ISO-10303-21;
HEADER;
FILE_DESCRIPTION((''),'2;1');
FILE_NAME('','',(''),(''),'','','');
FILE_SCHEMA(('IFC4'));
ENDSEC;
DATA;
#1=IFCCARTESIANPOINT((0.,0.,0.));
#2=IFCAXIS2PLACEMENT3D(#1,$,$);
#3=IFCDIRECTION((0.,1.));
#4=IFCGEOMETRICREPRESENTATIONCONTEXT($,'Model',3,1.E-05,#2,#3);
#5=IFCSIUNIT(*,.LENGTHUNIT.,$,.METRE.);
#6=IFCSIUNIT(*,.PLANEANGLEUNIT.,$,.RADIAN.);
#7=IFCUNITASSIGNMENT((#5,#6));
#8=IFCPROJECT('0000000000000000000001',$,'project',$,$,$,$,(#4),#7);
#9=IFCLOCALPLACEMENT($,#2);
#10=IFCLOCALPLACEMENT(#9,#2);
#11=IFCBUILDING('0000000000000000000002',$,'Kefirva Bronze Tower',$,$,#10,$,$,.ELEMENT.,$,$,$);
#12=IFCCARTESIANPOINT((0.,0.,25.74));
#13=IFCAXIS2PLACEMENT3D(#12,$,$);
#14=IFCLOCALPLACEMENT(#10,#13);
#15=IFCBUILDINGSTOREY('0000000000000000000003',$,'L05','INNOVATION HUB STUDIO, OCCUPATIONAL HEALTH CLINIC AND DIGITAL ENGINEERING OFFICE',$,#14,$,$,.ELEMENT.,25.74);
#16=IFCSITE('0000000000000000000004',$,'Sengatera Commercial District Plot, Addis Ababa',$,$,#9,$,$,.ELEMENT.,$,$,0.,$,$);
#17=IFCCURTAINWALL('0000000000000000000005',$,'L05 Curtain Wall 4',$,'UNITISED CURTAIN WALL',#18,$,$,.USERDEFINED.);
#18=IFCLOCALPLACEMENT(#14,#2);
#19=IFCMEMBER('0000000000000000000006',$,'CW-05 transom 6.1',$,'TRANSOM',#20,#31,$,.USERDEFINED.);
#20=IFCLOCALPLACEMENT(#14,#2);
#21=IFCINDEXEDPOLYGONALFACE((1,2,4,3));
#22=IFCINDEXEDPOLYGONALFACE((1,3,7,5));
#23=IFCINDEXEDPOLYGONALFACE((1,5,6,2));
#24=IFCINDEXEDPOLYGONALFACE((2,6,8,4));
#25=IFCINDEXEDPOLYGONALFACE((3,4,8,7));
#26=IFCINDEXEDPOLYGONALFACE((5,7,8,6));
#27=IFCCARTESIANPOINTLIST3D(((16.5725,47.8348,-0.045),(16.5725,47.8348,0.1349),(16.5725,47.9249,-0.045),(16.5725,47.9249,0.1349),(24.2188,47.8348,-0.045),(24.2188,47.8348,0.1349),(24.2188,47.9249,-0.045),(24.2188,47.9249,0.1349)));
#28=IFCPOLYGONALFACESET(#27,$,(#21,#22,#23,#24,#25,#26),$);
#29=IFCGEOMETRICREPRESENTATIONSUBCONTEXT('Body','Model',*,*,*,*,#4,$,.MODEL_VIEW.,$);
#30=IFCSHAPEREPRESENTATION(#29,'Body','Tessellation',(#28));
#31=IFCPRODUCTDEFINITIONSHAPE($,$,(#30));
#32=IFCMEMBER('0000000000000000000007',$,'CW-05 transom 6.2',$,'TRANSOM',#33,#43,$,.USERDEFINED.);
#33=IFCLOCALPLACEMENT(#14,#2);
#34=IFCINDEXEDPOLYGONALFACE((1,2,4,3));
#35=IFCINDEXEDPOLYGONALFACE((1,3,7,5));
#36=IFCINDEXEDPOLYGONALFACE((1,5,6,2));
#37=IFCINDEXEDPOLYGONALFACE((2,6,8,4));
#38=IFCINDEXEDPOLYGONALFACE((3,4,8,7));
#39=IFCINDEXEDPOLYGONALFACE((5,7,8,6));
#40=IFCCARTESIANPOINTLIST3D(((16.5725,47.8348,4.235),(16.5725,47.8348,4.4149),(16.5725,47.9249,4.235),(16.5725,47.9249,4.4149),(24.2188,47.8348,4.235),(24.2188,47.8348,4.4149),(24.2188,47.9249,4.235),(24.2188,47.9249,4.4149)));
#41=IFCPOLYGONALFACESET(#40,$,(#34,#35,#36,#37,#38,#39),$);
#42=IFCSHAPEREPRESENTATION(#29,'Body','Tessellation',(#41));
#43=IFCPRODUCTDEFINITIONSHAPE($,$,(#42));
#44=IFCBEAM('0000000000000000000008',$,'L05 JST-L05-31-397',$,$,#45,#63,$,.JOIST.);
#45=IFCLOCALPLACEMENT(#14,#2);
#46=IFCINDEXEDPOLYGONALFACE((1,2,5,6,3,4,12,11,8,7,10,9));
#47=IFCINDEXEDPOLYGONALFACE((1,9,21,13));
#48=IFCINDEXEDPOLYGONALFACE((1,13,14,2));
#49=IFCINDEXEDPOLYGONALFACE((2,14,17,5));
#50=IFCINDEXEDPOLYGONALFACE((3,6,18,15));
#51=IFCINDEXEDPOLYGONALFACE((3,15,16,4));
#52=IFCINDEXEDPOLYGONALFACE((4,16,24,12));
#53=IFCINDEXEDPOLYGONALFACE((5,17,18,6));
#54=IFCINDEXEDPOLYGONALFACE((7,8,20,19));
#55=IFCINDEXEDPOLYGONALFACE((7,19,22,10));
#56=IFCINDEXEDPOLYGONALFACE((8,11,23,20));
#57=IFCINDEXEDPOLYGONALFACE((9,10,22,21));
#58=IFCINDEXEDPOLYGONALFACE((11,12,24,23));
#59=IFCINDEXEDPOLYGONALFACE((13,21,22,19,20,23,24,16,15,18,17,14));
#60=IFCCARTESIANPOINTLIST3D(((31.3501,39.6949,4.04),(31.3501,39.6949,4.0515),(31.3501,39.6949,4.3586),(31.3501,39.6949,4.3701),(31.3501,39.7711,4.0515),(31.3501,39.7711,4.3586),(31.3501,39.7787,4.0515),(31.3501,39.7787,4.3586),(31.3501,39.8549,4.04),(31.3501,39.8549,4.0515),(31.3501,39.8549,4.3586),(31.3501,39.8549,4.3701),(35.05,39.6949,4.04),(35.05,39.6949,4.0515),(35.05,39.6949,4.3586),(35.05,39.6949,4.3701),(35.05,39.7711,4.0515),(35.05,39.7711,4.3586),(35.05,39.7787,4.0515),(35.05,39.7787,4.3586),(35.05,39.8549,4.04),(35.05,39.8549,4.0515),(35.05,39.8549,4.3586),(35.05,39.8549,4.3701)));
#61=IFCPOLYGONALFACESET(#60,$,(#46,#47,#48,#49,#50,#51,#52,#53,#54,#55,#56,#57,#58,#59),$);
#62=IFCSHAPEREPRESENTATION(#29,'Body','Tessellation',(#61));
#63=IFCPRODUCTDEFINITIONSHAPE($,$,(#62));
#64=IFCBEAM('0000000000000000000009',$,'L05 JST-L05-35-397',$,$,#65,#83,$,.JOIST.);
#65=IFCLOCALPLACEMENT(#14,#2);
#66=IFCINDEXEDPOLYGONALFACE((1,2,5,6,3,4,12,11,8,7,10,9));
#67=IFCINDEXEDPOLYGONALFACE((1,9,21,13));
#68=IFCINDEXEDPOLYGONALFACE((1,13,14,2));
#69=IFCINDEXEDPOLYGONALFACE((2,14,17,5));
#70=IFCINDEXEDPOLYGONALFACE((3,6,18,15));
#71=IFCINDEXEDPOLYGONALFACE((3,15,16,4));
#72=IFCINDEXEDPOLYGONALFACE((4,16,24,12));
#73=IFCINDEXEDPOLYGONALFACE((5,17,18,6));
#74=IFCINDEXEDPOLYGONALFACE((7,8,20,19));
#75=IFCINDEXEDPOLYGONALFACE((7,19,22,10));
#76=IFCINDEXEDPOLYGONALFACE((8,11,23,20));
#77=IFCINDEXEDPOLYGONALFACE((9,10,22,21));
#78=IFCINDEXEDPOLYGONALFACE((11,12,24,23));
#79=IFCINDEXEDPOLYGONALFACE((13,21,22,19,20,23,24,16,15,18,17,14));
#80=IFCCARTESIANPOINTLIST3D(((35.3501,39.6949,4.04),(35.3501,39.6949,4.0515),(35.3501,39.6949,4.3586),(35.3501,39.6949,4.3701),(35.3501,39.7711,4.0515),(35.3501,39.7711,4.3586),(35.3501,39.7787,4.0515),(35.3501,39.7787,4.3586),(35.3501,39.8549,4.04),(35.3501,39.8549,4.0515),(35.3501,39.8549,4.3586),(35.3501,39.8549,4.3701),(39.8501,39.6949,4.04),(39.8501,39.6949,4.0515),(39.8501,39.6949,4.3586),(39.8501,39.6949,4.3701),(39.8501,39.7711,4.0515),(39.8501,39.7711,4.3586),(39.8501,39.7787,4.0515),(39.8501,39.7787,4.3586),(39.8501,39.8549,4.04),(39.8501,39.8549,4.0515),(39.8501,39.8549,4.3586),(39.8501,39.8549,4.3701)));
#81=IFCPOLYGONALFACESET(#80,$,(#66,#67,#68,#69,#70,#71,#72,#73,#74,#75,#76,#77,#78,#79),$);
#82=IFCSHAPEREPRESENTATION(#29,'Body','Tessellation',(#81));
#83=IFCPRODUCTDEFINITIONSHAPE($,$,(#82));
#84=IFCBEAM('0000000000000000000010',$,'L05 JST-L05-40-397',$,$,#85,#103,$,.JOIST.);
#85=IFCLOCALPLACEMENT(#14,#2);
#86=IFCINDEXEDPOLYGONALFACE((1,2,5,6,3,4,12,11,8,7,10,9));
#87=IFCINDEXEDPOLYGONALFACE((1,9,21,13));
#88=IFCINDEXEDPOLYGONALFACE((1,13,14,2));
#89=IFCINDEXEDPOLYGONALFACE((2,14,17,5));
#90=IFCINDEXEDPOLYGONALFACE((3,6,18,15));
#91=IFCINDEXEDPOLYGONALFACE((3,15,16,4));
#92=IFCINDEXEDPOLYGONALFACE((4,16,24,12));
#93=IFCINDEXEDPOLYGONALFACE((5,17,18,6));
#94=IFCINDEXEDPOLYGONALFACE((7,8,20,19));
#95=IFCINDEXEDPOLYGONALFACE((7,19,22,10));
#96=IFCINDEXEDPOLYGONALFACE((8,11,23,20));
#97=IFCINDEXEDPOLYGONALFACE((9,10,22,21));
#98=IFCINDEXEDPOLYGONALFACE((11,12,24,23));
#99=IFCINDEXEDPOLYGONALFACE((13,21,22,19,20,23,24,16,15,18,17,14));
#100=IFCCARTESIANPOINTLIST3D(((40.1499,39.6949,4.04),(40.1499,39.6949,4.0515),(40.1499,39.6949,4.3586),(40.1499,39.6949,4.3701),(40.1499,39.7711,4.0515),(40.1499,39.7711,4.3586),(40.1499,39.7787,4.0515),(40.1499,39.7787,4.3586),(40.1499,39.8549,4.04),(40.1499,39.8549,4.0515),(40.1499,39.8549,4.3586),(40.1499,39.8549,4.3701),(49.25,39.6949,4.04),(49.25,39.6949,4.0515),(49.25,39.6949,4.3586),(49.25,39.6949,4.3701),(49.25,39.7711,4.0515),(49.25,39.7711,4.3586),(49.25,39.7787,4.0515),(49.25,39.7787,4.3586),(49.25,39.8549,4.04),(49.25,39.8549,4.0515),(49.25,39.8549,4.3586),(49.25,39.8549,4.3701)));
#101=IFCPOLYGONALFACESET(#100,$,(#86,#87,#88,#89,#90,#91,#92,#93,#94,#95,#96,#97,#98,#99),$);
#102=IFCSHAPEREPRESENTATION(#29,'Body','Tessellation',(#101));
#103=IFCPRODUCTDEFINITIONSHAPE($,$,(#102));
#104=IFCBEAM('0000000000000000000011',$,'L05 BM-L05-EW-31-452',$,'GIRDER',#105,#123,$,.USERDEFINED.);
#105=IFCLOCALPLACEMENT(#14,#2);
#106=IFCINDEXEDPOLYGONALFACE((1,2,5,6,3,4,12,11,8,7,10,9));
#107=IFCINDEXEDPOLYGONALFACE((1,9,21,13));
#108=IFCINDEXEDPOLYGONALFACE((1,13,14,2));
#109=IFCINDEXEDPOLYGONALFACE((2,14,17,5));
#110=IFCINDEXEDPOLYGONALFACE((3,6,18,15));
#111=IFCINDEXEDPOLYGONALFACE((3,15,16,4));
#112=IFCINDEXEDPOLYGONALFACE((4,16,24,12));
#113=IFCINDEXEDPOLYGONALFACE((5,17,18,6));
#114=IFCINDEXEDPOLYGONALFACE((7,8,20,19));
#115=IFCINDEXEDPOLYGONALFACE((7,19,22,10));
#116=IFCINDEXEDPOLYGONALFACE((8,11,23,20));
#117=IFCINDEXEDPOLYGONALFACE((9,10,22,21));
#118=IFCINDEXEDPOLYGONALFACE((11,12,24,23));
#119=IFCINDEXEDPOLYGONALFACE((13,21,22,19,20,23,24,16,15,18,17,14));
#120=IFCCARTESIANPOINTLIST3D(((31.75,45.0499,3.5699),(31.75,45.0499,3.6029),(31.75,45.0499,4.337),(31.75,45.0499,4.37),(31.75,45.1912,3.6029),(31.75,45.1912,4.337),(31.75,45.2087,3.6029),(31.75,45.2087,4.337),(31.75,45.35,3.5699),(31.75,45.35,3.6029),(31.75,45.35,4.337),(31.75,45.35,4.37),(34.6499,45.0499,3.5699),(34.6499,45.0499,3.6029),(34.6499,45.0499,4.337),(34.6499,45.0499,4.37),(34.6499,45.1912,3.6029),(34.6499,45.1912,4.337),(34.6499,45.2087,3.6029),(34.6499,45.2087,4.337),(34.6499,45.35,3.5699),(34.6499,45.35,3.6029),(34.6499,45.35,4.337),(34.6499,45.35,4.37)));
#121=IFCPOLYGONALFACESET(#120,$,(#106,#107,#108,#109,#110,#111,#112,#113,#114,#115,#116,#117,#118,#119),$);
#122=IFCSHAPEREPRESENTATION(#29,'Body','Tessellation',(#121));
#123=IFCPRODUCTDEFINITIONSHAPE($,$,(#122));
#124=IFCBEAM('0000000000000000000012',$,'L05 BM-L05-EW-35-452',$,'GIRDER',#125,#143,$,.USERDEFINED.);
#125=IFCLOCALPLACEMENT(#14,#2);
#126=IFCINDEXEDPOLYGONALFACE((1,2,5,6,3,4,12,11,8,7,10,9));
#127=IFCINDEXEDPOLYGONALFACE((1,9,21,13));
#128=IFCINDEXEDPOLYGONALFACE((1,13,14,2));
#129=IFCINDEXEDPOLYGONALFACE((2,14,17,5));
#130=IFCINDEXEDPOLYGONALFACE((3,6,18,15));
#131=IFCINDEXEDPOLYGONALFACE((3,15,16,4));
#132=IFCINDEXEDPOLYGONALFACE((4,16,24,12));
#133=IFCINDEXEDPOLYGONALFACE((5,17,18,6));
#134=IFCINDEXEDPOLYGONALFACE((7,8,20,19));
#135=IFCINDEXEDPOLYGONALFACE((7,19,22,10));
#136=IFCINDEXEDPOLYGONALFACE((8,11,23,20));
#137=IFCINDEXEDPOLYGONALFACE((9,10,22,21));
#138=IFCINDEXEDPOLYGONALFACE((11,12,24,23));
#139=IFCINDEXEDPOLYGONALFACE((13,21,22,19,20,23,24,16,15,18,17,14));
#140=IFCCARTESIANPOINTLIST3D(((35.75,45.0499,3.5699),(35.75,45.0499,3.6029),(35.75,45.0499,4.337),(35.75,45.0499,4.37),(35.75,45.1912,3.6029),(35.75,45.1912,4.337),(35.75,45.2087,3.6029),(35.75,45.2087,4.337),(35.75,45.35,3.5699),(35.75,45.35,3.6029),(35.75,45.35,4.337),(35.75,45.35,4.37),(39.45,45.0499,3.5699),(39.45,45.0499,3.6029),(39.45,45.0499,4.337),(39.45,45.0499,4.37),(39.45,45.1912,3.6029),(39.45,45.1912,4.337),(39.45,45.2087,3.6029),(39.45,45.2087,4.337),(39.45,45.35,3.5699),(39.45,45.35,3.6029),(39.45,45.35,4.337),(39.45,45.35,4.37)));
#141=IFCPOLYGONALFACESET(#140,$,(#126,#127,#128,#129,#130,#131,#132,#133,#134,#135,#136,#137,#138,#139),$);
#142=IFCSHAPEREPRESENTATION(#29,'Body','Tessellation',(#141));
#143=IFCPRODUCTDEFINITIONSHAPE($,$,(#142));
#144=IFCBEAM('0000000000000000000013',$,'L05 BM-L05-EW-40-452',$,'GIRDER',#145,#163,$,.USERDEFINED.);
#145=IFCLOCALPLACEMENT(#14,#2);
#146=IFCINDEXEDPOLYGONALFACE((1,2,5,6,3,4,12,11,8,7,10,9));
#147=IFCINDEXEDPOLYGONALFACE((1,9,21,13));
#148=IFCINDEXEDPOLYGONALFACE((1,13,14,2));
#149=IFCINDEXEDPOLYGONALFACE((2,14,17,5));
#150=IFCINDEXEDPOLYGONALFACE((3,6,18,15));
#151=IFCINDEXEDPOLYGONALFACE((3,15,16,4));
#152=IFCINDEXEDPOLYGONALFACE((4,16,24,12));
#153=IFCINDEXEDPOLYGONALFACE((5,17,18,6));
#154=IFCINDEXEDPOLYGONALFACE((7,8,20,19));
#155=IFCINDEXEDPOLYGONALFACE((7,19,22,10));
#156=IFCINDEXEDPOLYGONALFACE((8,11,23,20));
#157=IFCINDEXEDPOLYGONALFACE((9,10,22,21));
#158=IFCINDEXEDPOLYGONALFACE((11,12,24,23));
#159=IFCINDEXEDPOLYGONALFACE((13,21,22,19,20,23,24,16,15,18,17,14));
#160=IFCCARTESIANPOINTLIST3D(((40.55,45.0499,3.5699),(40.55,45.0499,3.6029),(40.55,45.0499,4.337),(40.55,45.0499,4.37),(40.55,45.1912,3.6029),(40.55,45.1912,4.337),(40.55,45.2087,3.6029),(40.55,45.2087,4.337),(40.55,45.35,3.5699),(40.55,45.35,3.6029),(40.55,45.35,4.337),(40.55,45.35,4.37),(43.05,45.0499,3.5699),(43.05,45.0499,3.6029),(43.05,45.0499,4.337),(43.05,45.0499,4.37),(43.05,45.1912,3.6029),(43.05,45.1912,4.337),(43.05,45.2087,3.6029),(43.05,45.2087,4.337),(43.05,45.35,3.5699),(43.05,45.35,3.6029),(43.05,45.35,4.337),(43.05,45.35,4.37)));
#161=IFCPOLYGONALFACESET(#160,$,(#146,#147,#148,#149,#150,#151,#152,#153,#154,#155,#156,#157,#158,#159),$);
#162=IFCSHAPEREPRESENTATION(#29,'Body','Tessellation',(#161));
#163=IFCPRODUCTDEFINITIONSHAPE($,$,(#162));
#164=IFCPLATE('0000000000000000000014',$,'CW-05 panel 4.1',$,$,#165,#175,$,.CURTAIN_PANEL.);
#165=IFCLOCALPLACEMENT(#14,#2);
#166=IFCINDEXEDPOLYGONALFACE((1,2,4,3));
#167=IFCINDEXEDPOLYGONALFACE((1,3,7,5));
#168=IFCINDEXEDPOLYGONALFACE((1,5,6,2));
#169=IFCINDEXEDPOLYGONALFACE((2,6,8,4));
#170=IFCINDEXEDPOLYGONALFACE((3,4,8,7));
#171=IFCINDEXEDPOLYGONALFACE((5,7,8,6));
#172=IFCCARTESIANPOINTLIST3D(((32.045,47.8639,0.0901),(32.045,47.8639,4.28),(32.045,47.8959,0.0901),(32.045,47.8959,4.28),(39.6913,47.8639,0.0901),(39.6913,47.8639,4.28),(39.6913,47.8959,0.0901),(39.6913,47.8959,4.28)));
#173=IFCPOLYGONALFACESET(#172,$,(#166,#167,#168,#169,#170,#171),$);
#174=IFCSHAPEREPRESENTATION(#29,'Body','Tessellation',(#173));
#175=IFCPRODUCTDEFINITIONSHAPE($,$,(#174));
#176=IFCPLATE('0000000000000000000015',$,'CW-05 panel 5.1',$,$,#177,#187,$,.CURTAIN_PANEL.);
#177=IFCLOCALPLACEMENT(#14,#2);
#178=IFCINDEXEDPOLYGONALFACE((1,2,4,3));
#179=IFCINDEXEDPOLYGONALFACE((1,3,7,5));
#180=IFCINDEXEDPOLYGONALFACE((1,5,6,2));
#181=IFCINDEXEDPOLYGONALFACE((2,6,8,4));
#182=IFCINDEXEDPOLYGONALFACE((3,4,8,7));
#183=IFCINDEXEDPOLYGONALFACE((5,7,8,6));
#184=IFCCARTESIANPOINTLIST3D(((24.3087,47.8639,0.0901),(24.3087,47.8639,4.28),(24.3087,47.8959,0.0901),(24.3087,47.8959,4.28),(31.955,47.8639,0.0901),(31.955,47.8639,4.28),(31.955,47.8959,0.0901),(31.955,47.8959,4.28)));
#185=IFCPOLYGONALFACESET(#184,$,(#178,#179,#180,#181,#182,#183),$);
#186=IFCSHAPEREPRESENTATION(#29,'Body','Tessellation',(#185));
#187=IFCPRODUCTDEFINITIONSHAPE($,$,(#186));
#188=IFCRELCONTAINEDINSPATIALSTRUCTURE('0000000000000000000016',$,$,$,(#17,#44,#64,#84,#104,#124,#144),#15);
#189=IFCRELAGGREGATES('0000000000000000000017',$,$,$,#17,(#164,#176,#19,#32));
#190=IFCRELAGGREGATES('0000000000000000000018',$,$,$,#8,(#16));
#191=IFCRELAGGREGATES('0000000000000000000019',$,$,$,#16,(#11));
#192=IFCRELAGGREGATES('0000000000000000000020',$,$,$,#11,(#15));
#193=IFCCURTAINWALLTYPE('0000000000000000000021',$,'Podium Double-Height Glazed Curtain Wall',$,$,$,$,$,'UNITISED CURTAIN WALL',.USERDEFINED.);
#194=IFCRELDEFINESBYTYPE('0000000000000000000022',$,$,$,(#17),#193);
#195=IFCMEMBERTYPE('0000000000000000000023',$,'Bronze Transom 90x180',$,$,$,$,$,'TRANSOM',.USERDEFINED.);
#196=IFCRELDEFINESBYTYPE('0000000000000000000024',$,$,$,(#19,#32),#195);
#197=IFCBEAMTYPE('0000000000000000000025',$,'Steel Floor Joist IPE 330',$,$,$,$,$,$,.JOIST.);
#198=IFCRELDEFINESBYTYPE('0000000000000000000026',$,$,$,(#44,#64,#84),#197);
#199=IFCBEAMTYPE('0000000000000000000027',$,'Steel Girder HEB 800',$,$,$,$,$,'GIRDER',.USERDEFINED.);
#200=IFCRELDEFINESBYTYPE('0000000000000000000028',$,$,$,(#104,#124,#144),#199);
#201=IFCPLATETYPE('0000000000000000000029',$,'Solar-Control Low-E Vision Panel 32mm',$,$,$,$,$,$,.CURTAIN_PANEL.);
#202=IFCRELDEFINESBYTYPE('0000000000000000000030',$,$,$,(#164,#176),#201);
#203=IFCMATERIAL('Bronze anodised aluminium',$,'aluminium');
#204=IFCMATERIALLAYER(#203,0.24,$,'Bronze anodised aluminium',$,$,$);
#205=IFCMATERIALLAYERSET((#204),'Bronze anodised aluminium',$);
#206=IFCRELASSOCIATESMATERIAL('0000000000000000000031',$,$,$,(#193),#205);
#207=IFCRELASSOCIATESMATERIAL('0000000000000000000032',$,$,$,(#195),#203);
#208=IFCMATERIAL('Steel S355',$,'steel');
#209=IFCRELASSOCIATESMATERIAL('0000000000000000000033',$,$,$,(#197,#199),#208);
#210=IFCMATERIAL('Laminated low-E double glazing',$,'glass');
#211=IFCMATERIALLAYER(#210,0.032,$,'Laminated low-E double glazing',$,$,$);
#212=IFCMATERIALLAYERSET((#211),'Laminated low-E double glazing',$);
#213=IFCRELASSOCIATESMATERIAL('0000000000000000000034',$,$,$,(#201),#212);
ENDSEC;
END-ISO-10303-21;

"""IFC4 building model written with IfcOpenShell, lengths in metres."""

from ifc_helpers import new_model, si_unit, direction, frame, origin, origin_2d, place, context, subcontext, project, spatial, rectangle, i_section, extrude, material, layer, layer_set, material_profile, profile_set, type_object, element, aggregate, save


model = new_model("IFC4")

# Units and contexts
model_context = context("Model", 3, precision=1e-05, world=origin(), true_north=direction((0.0, 1.0)))
body_context = subcontext(model_context, "Body", "Model", "MODEL_VIEW")
ifc_project = project(units=[si_unit("LENGTHUNIT", "METRE"), si_unit("PLANEANGLEUNIT", "RADIAN")], contexts=[model_context])

# Site, building, storey
site_placement = place(None, origin())
site = spatial("IfcSite", under=ifc_project, at=site_placement, Name="Sengatera Commercial District Plot, Addis Ababa", CompositionType="ELEMENT", RefElevation=0.0)
building_placement = place(site_placement, origin())
building = spatial("IfcBuilding", under=site, at=building_placement, Name="Kefirva Bronze Tower", CompositionType="ELEMENT")
storey_placement = place(building_placement, frame((0.0, 0.0, 25.74)))
storey = spatial("IfcBuildingStorey", under=building, at=storey_placement, Name="L05", Description="INNOVATION HUB STUDIO, OCCUPATIONAL HEALTH CLINIC AND DIGITAL ENGINEERING OFFICE", CompositionType="ELEMENT", Elevation=25.74)

# Curtain wall, members
ifc_material_1 = material(Name="Bronze anodised aluminium", Category="aluminium")
ifc_layer_1 = layer(ifc_material_1, 0.24, Name="Bronze anodised aluminium")
ifc_layer_set_1 = layer_set([ifc_layer_1], Name="Bronze anodised aluminium")
curtain_wall_type = type_object("IfcCurtainWallType", Name="Podium Double-Height Glazed Curtain Wall", ElementType="UNITISED CURTAIN WALL", PredefinedType="USERDEFINED", material=ifc_layer_set_1)
curtain_wall_placement = place(storey_placement, origin())
curtain_wall = element("IfcCurtainWall", 1, at=curtain_wall_placement, inside=storey, type_object=curtain_wall_type, Name="L05 Curtain Wall 4", ObjectType="UNITISED CURTAIN WALL", PredefinedType="USERDEFINED")
ifc_material_profile_1 = material_profile(ifc_material_1, rectangle(XDim=0.0901, YDim=0.1799, at=origin_2d()), Name="ALU 90x180")
ifc_profile_set_1 = profile_set([ifc_material_profile_1], Name="Bronze anodised aluminium")
member_type_1 = type_object("IfcMemberType", Name="Bronze Transom 90x180", ElementType="TRANSOM", PredefinedType="USERDEFINED", material=ifc_profile_set_1)
member_1_placement = place(storey_placement, frame((24.2188, 47.8799, 0.0449), z_axis=(-1.0, 0.0, 0.0), x_axis=(0.0, -1.0, 0.0)))
member_1 = element("IfcMember", 2, at=member_1_placement, type_object=member_type_1, Name="CW-05 transom 6.1", ObjectType="TRANSOM", PredefinedType="USERDEFINED", context=body_context, shape_type="SweptSolid", body=[
    extrude(rectangle(XDim=0.0901, YDim=0.1799, at=origin_2d()), origin(), (0.0, 0.0, 1.0), 7.6462),
])
member_2_placement = place(storey_placement, frame((24.2188, 47.8799, 4.325), z_axis=(-1.0, 0.0, 0.0), x_axis=(0.0, -1.0, 0.0)))
member_2 = element("IfcMember", 3, at=member_2_placement, type_object=member_type_1, Name="CW-05 transom 6.2", ObjectType="TRANSOM", PredefinedType="USERDEFINED", context=body_context, shape_type="SweptSolid", body=[
    extrude(rectangle(XDim=0.0901, YDim=0.1799, at=origin_2d()), origin(), (0.0, 0.0, 1.0), 7.6462),
])

# Beams
ifc_material_2 = material(Name="Steel S355", Category="steel")
ifc_material_profile_2 = material_profile(ifc_material_2, i_section(OverallWidth=0.1599, OverallDepth=0.3301, WebThickness=0.0076, FlangeThickness=0.0115, at=origin_2d()), Name="IPE 330")
ifc_profile_set_2 = profile_set([ifc_material_profile_2], Name="Steel S355")
beam_type_1 = type_object("IfcBeamType", Name="Steel Floor Joist IPE 330", PredefinedType="JOIST", material=ifc_profile_set_2)
beam_1_placement = place(storey_placement, frame((31.3501, 39.7749, 4.2051), z_axis=(1.0, 0.0, 0.0), x_axis=(0.0, 1.0, 0.0)))
element("IfcBeam", 4, at=beam_1_placement, inside=storey, type_object=beam_type_1, Name="L05 JST-L05-31-397", PredefinedType="JOIST", context=body_context, shape_type="SweptSolid", body=[
    extrude(i_section(OverallWidth=0.1599, OverallDepth=0.3301, WebThickness=0.0076, FlangeThickness=0.0115, at=origin_2d()), origin(), (0.0, 0.0, 1.0), 3.7),
])
beam_2_placement = place(storey_placement, frame((35.3501, 39.7749, 4.2051), z_axis=(1.0, 0.0, 0.0), x_axis=(0.0, 1.0, 0.0)))
element("IfcBeam", 5, at=beam_2_placement, inside=storey, type_object=beam_type_1, Name="L05 JST-L05-35-397", PredefinedType="JOIST", context=body_context, shape_type="SweptSolid", body=[
    extrude(i_section(OverallWidth=0.1599, OverallDepth=0.3301, WebThickness=0.0076, FlangeThickness=0.0115, at=origin_2d()), origin(), (0.0, 0.0, 1.0), 4.5),
])
beam_3_placement = place(storey_placement, frame((40.1499, 39.7749, 4.2051), z_axis=(1.0, 0.0, 0.0), x_axis=(0.0, 1.0, 0.0)))
element("IfcBeam", 6, at=beam_3_placement, inside=storey, type_object=beam_type_1, Name="L05 JST-L05-40-397", PredefinedType="JOIST", context=body_context, shape_type="SweptSolid", body=[
    extrude(i_section(OverallWidth=0.1599, OverallDepth=0.3301, WebThickness=0.0076, FlangeThickness=0.0115, at=origin_2d()), origin(), (0.0, 0.0, 1.0), 9.1001),
])
ifc_material_profile_3 = material_profile(ifc_material_2, i_section(OverallWidth=0.3, OverallDepth=0.8, WebThickness=0.0176, FlangeThickness=0.033, at=origin_2d()), Name="HEB 800")
ifc_profile_set_3 = profile_set([ifc_material_profile_3], Name="Steel S355")
beam_type_2 = type_object("IfcBeamType", Name="Steel Girder HEB 800", ElementType="GIRDER", PredefinedType="USERDEFINED", material=ifc_profile_set_3)
beam_4_placement = place(storey_placement, frame((31.75, 45.2, 3.97), z_axis=(1.0, 0.0, 0.0), x_axis=(0.0, 1.0, 0.0)))
element("IfcBeam", 7, at=beam_4_placement, inside=storey, type_object=beam_type_2, Name="L05 BM-L05-EW-31-452", ObjectType="GIRDER", PredefinedType="USERDEFINED", context=body_context, shape_type="SweptSolid", body=[
    extrude(i_section(OverallWidth=0.3, OverallDepth=0.8, WebThickness=0.0176, FlangeThickness=0.033, at=origin_2d()), origin(), (0.0, 0.0, 1.0), 2.8999),
])
beam_5_placement = place(storey_placement, frame((35.75, 45.2, 3.97), z_axis=(1.0, 0.0, 0.0), x_axis=(0.0, 1.0, 0.0)))
element("IfcBeam", 8, at=beam_5_placement, inside=storey, type_object=beam_type_2, Name="L05 BM-L05-EW-35-452", ObjectType="GIRDER", PredefinedType="USERDEFINED", context=body_context, shape_type="SweptSolid", body=[
    extrude(i_section(OverallWidth=0.3, OverallDepth=0.8, WebThickness=0.0176, FlangeThickness=0.033, at=origin_2d()), origin(), (0.0, 0.0, 1.0), 3.7),
])
beam_6_placement = place(storey_placement, frame((40.55, 45.2, 3.97), z_axis=(1.0, 0.0, 0.0), x_axis=(0.0, 1.0, 0.0)))
element("IfcBeam", 9, at=beam_6_placement, inside=storey, type_object=beam_type_2, Name="L05 BM-L05-EW-40-452", ObjectType="GIRDER", PredefinedType="USERDEFINED", context=body_context, shape_type="SweptSolid", body=[
    extrude(i_section(OverallWidth=0.3, OverallDepth=0.8, WebThickness=0.0176, FlangeThickness=0.033, at=origin_2d()), origin(), (0.0, 0.0, 1.0), 2.5),
])

# Plates
ifc_material_3 = material(Name="Laminated low-E double glazing", Category="glass")
ifc_layer_2 = layer(ifc_material_3, 0.032, Name="Laminated low-E double glazing")
ifc_layer_set_2 = layer_set([ifc_layer_2], Name="Laminated low-E double glazing")
plate_type = type_object("IfcPlateType", Name="Solar-Control Low-E Vision Panel 32mm", PredefinedType="CURTAIN_PANEL", material=ifc_layer_set_2)
plate_1_placement = place(storey_placement, frame((35.8682, 47.8799, 0.0901), z_axis=(0.0, 0.0, 1.0), x_axis=(-1.0, 0.0, 0.0)))
plate_1 = element("IfcPlate", 10, at=plate_1_placement, type_object=plate_type, Name="CW-05 panel 4.1", PredefinedType="CURTAIN_PANEL", context=body_context, shape_type="SweptSolid", body=[
    extrude(rectangle(XDim=7.6462, YDim=0.032, at=origin_2d()), origin(), (0.0, 0.0, 1.0), 4.1899),
])
plate_2_placement = place(storey_placement, frame((28.1318, 47.8799, 0.0901), z_axis=(0.0, 0.0, 1.0), x_axis=(-1.0, 0.0, 0.0)))
plate_2 = element("IfcPlate", 11, at=plate_2_placement, type_object=plate_type, Name="CW-05 panel 5.1", PredefinedType="CURTAIN_PANEL", context=body_context, shape_type="SweptSolid", body=[
    extrude(rectangle(XDim=7.6462, YDim=0.032, at=origin_2d()), origin(), (0.0, 0.0, 1.0), 4.1899),
])
aggregate(curtain_wall, [plate_1, plate_2, member_1, member_2])

save(model, "model.ifc")
